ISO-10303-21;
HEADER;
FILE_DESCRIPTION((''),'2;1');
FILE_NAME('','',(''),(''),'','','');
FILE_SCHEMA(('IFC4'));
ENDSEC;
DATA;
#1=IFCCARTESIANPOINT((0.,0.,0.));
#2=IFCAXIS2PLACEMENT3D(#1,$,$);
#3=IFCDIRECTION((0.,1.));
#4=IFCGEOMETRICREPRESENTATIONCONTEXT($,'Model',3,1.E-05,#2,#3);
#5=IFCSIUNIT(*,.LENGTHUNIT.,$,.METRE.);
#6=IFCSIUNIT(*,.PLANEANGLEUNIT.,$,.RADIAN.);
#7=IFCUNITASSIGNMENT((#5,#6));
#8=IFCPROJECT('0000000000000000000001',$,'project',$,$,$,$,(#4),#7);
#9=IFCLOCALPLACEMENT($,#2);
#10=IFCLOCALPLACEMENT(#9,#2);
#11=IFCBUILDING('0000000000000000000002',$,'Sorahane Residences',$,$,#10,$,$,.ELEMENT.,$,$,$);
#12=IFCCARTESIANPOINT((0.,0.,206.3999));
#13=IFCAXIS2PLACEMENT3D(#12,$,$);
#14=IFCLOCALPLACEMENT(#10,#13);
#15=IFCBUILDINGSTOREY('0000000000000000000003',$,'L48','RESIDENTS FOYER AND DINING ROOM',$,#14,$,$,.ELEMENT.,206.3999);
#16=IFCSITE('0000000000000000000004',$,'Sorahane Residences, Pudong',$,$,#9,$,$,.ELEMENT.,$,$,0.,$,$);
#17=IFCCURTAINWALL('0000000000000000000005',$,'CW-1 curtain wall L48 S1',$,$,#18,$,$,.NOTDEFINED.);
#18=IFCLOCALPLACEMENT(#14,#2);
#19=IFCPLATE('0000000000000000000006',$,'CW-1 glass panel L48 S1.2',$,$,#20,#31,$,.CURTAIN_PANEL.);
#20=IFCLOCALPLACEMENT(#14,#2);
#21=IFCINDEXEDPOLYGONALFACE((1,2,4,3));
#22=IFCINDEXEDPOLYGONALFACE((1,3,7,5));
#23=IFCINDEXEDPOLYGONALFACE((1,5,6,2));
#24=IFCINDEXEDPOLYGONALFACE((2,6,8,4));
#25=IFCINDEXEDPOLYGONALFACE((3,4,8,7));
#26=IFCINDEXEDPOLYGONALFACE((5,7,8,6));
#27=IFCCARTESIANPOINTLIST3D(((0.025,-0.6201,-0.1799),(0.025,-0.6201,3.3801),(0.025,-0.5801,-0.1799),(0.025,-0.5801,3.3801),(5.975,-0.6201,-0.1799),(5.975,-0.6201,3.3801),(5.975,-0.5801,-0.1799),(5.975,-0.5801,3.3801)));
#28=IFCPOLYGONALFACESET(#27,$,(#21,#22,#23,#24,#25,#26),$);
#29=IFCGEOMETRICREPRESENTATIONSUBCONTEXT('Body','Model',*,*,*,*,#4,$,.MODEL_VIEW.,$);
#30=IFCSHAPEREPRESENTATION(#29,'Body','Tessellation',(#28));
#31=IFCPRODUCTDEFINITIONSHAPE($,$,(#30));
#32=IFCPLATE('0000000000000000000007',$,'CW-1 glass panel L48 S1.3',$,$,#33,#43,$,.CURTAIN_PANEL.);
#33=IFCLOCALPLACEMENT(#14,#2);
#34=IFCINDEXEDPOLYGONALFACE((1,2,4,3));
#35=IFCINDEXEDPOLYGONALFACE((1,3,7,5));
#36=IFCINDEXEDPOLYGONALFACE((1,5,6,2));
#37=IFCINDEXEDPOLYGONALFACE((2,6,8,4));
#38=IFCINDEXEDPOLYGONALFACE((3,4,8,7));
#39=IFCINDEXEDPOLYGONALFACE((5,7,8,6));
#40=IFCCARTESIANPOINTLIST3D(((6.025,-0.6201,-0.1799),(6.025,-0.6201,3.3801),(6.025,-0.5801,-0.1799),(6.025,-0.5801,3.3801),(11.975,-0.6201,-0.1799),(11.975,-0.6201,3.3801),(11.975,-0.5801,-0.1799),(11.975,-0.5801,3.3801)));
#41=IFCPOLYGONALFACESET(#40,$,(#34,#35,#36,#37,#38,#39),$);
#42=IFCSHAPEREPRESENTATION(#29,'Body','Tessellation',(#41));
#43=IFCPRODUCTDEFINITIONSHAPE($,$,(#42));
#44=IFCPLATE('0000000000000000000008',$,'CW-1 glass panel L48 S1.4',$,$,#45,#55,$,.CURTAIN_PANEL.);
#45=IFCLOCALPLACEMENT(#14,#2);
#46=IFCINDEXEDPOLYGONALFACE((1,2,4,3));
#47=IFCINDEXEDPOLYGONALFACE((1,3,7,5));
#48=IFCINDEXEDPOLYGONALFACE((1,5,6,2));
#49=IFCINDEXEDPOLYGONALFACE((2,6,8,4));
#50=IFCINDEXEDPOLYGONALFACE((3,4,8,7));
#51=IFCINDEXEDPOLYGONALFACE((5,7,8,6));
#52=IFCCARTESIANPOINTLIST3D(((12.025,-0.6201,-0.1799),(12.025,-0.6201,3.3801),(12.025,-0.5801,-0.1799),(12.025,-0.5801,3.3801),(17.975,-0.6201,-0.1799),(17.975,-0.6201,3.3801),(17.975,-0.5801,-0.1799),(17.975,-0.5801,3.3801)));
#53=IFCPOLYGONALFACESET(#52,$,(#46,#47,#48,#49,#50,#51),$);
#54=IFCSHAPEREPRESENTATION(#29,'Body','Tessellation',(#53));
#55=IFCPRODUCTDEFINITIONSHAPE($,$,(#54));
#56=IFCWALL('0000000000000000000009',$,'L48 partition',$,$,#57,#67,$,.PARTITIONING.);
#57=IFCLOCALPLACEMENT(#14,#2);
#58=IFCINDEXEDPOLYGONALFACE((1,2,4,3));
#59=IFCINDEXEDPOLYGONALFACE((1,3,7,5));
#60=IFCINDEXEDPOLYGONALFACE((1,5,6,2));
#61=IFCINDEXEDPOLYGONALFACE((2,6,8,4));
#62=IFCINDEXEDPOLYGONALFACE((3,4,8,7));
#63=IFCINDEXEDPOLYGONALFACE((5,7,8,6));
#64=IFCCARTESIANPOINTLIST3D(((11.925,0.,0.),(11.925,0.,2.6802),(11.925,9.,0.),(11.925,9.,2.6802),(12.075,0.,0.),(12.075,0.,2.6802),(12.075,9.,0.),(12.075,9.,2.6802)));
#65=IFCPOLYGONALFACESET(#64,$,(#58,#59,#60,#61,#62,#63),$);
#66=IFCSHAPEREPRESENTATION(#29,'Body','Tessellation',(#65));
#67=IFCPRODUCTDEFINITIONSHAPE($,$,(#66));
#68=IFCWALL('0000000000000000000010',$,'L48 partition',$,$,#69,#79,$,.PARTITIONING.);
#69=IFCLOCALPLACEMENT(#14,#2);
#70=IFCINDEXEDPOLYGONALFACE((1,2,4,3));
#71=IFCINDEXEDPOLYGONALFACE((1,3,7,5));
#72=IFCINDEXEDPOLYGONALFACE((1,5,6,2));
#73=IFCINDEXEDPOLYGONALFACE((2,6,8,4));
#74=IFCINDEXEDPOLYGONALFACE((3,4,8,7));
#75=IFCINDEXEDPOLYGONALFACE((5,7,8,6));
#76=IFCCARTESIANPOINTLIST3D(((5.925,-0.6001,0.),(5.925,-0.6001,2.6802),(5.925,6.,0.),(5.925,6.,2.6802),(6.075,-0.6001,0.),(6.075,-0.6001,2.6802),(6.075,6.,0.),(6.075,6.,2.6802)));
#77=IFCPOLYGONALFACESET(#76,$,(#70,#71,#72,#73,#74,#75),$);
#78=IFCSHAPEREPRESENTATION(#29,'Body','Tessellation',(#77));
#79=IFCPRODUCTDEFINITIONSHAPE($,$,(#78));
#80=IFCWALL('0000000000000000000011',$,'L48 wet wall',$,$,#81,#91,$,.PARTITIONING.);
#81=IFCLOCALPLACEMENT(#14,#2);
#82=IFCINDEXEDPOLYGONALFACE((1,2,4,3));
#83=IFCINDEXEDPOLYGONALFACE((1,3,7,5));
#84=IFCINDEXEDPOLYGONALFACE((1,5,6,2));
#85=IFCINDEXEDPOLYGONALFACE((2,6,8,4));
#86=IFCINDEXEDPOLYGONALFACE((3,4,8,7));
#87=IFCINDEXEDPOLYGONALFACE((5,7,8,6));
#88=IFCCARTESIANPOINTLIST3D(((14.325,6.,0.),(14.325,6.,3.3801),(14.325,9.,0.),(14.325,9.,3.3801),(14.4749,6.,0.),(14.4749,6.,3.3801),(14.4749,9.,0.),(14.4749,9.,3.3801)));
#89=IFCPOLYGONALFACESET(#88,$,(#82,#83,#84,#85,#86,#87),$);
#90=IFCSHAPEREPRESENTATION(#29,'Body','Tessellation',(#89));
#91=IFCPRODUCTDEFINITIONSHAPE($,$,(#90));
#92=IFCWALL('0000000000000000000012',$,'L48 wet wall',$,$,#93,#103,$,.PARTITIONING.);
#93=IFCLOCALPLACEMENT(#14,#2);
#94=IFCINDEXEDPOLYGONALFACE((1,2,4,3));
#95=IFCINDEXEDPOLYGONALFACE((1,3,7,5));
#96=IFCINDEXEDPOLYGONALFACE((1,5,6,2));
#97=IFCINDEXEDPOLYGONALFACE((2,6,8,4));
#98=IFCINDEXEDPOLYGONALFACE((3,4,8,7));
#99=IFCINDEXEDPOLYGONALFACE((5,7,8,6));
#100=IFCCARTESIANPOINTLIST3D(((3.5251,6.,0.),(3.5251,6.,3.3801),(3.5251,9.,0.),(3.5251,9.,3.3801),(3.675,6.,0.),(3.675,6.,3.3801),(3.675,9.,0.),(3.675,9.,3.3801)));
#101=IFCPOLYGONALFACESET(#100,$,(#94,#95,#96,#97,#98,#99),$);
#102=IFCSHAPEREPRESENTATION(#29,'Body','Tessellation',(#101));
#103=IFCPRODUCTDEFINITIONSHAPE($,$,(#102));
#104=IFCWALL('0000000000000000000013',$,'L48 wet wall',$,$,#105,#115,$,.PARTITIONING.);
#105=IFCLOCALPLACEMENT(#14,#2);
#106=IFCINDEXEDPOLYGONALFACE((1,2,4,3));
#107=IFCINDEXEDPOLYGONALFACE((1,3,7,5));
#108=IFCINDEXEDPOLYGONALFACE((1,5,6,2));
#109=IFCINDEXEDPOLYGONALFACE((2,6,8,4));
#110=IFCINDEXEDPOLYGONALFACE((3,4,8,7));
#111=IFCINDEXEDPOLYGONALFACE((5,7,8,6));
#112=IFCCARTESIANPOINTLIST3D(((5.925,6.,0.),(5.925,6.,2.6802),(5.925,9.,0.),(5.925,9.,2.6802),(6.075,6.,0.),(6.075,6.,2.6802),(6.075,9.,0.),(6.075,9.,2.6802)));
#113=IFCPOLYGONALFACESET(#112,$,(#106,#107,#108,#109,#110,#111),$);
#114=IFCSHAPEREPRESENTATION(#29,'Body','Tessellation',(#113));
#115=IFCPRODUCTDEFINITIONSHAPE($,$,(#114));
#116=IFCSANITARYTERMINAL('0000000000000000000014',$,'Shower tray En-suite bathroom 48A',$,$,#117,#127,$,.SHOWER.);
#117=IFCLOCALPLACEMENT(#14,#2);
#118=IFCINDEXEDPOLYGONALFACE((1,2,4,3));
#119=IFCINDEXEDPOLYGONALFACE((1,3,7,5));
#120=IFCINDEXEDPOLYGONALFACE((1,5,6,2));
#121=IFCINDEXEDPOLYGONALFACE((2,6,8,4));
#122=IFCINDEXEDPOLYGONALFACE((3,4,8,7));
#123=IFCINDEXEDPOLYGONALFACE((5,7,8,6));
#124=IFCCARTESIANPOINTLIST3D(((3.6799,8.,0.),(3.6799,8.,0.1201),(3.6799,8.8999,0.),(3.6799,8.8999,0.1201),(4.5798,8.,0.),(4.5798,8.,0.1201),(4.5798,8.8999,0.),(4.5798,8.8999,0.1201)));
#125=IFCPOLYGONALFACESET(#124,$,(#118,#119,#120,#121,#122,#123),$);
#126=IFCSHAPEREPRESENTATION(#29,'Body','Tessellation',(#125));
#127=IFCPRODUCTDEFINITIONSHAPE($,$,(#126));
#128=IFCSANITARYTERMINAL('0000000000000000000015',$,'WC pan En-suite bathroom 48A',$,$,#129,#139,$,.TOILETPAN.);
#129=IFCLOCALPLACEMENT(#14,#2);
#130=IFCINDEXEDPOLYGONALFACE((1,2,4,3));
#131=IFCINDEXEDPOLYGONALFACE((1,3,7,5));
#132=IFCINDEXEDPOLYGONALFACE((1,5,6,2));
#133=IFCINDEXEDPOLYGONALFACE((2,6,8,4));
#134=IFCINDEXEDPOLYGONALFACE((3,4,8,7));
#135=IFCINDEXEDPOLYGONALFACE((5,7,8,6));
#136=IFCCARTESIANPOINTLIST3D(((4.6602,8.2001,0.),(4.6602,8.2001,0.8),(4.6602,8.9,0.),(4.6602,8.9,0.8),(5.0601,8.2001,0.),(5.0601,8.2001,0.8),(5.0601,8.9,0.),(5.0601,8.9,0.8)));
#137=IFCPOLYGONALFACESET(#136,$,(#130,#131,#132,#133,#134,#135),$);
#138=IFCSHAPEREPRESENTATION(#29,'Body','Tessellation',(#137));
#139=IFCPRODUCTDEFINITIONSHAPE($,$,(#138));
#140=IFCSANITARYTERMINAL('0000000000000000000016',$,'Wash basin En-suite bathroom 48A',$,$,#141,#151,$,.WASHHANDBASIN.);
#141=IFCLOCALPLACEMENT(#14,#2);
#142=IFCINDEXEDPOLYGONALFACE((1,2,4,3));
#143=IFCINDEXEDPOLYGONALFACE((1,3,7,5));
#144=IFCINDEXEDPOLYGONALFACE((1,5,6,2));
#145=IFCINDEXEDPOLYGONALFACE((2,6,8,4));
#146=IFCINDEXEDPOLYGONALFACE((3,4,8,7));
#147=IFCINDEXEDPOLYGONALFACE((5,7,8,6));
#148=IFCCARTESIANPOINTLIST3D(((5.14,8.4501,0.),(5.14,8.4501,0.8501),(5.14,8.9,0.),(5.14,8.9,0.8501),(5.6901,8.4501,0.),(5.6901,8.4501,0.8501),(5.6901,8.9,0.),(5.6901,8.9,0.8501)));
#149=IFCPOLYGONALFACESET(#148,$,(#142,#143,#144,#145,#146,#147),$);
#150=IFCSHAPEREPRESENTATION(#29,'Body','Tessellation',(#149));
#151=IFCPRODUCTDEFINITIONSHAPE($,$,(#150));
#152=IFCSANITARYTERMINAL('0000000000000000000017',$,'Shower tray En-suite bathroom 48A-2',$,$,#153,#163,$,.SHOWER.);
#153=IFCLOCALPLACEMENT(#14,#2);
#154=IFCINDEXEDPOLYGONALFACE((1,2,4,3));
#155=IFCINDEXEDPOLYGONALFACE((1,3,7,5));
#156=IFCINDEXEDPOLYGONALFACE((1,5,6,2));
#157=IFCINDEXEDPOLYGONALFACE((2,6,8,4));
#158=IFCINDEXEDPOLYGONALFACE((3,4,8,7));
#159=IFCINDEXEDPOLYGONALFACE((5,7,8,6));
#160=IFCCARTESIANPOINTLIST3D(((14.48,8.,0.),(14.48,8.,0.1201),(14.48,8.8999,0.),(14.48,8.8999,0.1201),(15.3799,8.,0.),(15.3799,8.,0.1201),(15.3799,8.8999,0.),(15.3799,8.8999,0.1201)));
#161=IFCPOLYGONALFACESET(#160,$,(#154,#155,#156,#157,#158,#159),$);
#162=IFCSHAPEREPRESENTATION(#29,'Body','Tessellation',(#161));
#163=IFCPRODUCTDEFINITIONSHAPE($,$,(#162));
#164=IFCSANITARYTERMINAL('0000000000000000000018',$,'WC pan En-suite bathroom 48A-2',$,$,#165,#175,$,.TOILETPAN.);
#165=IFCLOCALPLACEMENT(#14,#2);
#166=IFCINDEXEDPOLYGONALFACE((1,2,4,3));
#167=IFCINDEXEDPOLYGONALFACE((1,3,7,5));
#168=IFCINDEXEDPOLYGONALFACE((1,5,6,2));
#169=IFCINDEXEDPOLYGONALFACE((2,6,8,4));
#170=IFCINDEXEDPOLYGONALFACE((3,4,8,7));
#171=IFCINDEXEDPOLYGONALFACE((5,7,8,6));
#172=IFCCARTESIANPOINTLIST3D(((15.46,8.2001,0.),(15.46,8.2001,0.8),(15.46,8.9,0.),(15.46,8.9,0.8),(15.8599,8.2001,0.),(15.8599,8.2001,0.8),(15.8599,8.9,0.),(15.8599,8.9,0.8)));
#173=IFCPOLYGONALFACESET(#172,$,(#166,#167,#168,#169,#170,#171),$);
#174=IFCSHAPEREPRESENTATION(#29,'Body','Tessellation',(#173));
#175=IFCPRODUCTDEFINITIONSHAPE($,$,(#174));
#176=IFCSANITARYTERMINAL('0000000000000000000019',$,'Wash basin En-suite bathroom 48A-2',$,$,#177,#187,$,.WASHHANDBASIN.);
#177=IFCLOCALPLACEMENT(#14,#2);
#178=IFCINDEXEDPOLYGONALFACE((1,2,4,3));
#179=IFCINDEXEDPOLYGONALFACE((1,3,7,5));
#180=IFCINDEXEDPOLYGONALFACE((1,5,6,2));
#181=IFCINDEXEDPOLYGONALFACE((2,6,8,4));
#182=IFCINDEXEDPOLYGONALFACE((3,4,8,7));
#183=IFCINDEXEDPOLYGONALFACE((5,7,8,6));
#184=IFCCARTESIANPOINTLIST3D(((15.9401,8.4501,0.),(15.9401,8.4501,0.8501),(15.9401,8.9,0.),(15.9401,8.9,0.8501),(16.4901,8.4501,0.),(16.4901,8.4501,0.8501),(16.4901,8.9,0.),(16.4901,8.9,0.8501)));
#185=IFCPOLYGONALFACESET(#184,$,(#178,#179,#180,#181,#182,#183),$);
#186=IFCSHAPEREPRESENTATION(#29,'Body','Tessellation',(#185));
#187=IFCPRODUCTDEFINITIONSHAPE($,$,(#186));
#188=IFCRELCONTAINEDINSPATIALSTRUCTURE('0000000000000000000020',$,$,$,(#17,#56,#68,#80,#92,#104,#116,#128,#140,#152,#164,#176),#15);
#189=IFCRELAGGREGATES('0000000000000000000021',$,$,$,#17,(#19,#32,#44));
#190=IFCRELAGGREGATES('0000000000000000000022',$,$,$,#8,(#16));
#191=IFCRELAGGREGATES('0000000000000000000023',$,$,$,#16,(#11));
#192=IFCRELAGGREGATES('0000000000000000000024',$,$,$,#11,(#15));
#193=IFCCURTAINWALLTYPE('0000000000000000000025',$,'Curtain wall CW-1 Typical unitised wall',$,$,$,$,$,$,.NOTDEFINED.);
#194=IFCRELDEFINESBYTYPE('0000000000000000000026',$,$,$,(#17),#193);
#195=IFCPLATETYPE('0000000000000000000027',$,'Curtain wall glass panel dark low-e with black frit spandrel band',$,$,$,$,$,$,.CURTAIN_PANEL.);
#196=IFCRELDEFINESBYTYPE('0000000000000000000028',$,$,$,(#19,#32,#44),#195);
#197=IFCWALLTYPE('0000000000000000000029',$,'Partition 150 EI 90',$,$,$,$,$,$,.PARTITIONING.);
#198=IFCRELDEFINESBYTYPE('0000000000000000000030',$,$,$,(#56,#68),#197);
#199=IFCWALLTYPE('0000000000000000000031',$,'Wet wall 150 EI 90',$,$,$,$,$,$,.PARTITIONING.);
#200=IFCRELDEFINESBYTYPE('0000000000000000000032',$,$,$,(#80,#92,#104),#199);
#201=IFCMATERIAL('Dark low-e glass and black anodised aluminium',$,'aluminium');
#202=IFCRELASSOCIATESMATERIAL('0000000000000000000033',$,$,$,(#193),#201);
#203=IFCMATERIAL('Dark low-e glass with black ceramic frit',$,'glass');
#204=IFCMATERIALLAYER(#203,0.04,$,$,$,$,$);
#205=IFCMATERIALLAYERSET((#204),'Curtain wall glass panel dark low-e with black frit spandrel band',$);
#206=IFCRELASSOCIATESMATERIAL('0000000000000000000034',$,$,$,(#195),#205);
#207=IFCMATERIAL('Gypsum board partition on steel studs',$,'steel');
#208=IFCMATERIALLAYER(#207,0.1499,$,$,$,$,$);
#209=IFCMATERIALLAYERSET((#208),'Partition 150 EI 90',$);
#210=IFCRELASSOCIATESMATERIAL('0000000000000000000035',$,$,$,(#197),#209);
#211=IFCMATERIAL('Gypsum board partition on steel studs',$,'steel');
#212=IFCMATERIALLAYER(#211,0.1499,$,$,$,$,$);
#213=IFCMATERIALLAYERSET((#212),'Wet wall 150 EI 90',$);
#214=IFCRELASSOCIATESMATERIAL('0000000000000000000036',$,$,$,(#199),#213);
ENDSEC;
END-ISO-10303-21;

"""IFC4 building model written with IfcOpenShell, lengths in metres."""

from ifc_helpers import new_model, si_unit, direction, frame, frame_2d, origin, origin_2d, place, context, subcontext, project, spatial, rectangle, extrude, material, layer, layer_set, type_object, element, aggregate, save


model = new_model("IFC4")

# Units and contexts
model_context = context("Model", 3, precision=1e-05, world=origin(), true_north=direction((0.0, 1.0)))
body_context = subcontext(model_context, "Body", "Model", "MODEL_VIEW")
ifc_project = project(units=[si_unit("LENGTHUNIT", "METRE"), si_unit("PLANEANGLEUNIT", "RADIAN")], contexts=[model_context])

# Site, building, storey
site_placement = place(None, origin())
site = spatial("IfcSite", under=ifc_project, at=site_placement, Name="Sorahane Residences, Pudong", CompositionType="ELEMENT", RefElevation=0.0)
building_placement = place(site_placement, origin())
building = spatial("IfcBuilding", under=site, at=building_placement, Name="Sorahane Residences", CompositionType="ELEMENT")
storey_placement = place(building_placement, frame((0.0, 0.0, 206.3999)))
storey = spatial("IfcBuildingStorey", under=building, at=storey_placement, Name="L48", Description="RESIDENTS FOYER AND DINING ROOM", CompositionType="ELEMENT", Elevation=206.3999)

# Curtain wall
ifc_material_1 = material(Name="Dark low-e glass and black anodised aluminium", Category="aluminium")
curtain_wall_type = type_object("IfcCurtainWallType", Name="Curtain wall CW-1 Typical unitised wall", PredefinedType="NOTDEFINED", material=ifc_material_1)
curtain_wall_placement = place(storey_placement, origin())
curtain_wall = element("IfcCurtainWall", 1, at=curtain_wall_placement, inside=storey, type_object=curtain_wall_type, Name="CW-1 curtain wall L48 S1", PredefinedType="NOTDEFINED")

# Plates
ifc_material_2 = material(Name="Dark low-e glass with black ceramic frit", Category="glass")
ifc_layer_1 = layer(ifc_material_2, 0.04)
ifc_layer_set_1 = layer_set([ifc_layer_1], Name="Curtain wall glass panel dark low-e with black frit spandrel band")
plate_type = type_object("IfcPlateType", Name="Curtain wall glass panel dark low-e with black frit spandrel band", PredefinedType="CURTAIN_PANEL", material=ifc_layer_set_1)
plate_1_placement = place(storey_placement, frame((3.0, -0.6001, -0.1799), z_axis=(0.0, 0.0, 1.0), x_axis=(1.0, 0.0, 0.0)))
plate_1 = element("IfcPlate", 2, at=plate_1_placement, type_object=plate_type, Name="CW-1 glass panel L48 S1.2", PredefinedType="CURTAIN_PANEL", context=body_context, shape_type="SweptSolid", body=[
    extrude(rectangle(XDim=5.95, YDim=0.04, at=origin_2d()), origin(), (0.0, 0.0, 1.0), 3.5601),
])
plate_2_placement = place(storey_placement, frame((9.0, -0.6001, -0.1799), z_axis=(0.0, 0.0, 1.0), x_axis=(1.0, 0.0, 0.0)))
plate_2 = element("IfcPlate", 3, at=plate_2_placement, type_object=plate_type, Name="CW-1 glass panel L48 S1.3", PredefinedType="CURTAIN_PANEL", context=body_context, shape_type="SweptSolid", body=[
    extrude(rectangle(XDim=5.95, YDim=0.04, at=origin_2d()), origin(), (0.0, 0.0, 1.0), 3.5601),
])
plate_3_placement = place(storey_placement, frame((15.0, -0.6001, -0.1799), z_axis=(0.0, 0.0, 1.0), x_axis=(1.0, 0.0, 0.0)))
plate_3 = element("IfcPlate", 4, at=plate_3_placement, type_object=plate_type, Name="CW-1 glass panel L48 S1.4", PredefinedType="CURTAIN_PANEL", context=body_context, shape_type="SweptSolid", body=[
    extrude(rectangle(XDim=5.95, YDim=0.04, at=origin_2d()), origin(), (0.0, 0.0, 1.0), 3.5601),
])
aggregate(curtain_wall, [plate_1, plate_2, plate_3])

# Walls
ifc_material_3 = material(Name="Gypsum board partition on steel studs", Category="steel")
ifc_layer_2 = layer(ifc_material_3, 0.1499)
ifc_layer_set_2 = layer_set([ifc_layer_2], Name="Partition 150 EI 90")
wall_type_1 = type_object("IfcWallType", Name="Partition 150 EI 90", PredefinedType="PARTITIONING", material=ifc_layer_set_2)
wall_1_placement = place(storey_placement, frame((12.0, 0.0, 0.0), z_axis=(0.0, 0.0, 1.0), x_axis=(0.0, 1.0, 0.0)))
element("IfcWall", 5, at=wall_1_placement, inside=storey, type_object=wall_type_1, Name="L48 partition", PredefinedType="PARTITIONING", context=body_context, shape_type="SweptSolid", body=[
    extrude(rectangle(XDim=9.0, YDim=0.1499, at=frame_2d((4.5, 0.0))), origin(), (0.0, 0.0, 1.0), 2.6802),
])
wall_2_placement = place(storey_placement, frame((6.0, -0.6001, 0.0), z_axis=(0.0, 0.0, 1.0), x_axis=(0.0, 1.0, 0.0)))
element("IfcWall", 6, at=wall_2_placement, inside=storey, type_object=wall_type_1, Name="L48 partition", PredefinedType="PARTITIONING", context=body_context, shape_type="SweptSolid", body=[
    extrude(rectangle(XDim=6.6001, YDim=0.1499, at=frame_2d((3.3, 0.0))), origin(), (0.0, 0.0, 1.0), 2.6802),
])

# Walls
ifc_material_4 = material(Name="Gypsum board partition on steel studs", Category="steel")
ifc_layer_3 = layer(ifc_material_4, 0.1499)
ifc_layer_set_3 = layer_set([ifc_layer_3], Name="Wet wall 150 EI 90")
wall_type_2 = type_object("IfcWallType", Name="Wet wall 150 EI 90", PredefinedType="PARTITIONING", material=ifc_layer_set_3)
for number, where, z_axis, x_axis, name in (
    (7, (14.3999, 6.0, 0.0), (0.0, 0.0, 1.0), (0.0, 1.0, 0.0), "L48 wet wall"),
    (8, (3.6001, 6.0, 0.0), (0.0, 0.0, 1.0), (0.0, 1.0, 0.0), "L48 wet wall"),
):
    element("IfcWall", number, at=place(storey_placement, frame(where, z_axis=z_axis, x_axis=x_axis)), inside=storey, type_object=wall_type_2, Name=name, PredefinedType="PARTITIONING", context=body_context, shape_type="SweptSolid", body=[
        extrude(rectangle(XDim=3.0, YDim=0.1499, at=frame_2d((1.5, 0.0))), origin(), (0.0, 0.0, 1.0), 3.3801),
    ])
wall_3_placement = place(storey_placement, frame((6.0, 6.0, 0.0), z_axis=(0.0, 0.0, 1.0), x_axis=(0.0, 1.0, 0.0)))
element("IfcWall", 9, at=wall_3_placement, inside=storey, type_object=wall_type_2, Name="L48 wet wall", PredefinedType="PARTITIONING", context=body_context, shape_type="SweptSolid", body=[
    extrude(rectangle(XDim=3.0, YDim=0.1499, at=frame_2d((1.5, 0.0))), origin(), (0.0, 0.0, 1.0), 2.6802),
])

# Sanitary terminals
sanitary_terminal_1_placement = place(storey_placement, frame((4.1299, 8.45, 0.0), z_axis=(0.0, 0.0, 1.0), x_axis=(1.0, 0.0, 0.0)))
element("IfcSanitaryTerminal", 10, at=sanitary_terminal_1_placement, inside=storey, Name="Shower tray En-suite bathroom 48A", PredefinedType="SHOWER", context=body_context, shape_type="SweptSolid", body=[
    extrude(rectangle(XDim=0.8999, YDim=0.8999, at=origin_2d()), origin(), (0.0, 0.0, 1.0), 0.1201),
])
sanitary_terminal_2_placement = place(storey_placement, frame((4.8601, 8.55, 0.0), z_axis=(0.0, 0.0, 1.0), x_axis=(1.0, 0.0, 0.0)))
element("IfcSanitaryTerminal", 11, at=sanitary_terminal_2_placement, inside=storey, Name="WC pan En-suite bathroom 48A", PredefinedType="TOILETPAN", context=body_context, shape_type="SweptSolid", body=[
    extrude(rectangle(XDim=0.3999, YDim=0.7, at=origin_2d()), origin(), (0.0, 0.0, 1.0), 0.8),
])
sanitary_terminal_3_placement = place(storey_placement, frame((5.415, 8.675, 0.0), z_axis=(0.0, 0.0, 1.0), x_axis=(1.0, 0.0, 0.0)))
element("IfcSanitaryTerminal", 12, at=sanitary_terminal_3_placement, inside=storey, Name="Wash basin En-suite bathroom 48A", PredefinedType="WASHHANDBASIN", context=body_context, shape_type="SweptSolid", body=[
    extrude(rectangle(XDim=0.55, YDim=0.45, at=origin_2d()), origin(), (0.0, 0.0, 1.0), 0.8501),
])
sanitary_terminal_4_placement = place(storey_placement, frame((14.9299, 8.45, 0.0), z_axis=(0.0, 0.0, 1.0), x_axis=(1.0, 0.0, 0.0)))
element("IfcSanitaryTerminal", 13, at=sanitary_terminal_4_placement, inside=storey, Name="Shower tray En-suite bathroom 48A-2", PredefinedType="SHOWER", context=body_context, shape_type="SweptSolid", body=[
    extrude(rectangle(XDim=0.8999, YDim=0.8999, at=origin_2d()), origin(), (0.0, 0.0, 1.0), 0.1201),
])
sanitary_terminal_5_placement = place(storey_placement, frame((15.6599, 8.55, 0.0), z_axis=(0.0, 0.0, 1.0), x_axis=(1.0, 0.0, 0.0)))
element("IfcSanitaryTerminal", 14, at=sanitary_terminal_5_placement, inside=storey, Name="WC pan En-suite bathroom 48A-2", PredefinedType="TOILETPAN", context=body_context, shape_type="SweptSolid", body=[
    extrude(rectangle(XDim=0.3999, YDim=0.7, at=origin_2d()), origin(), (0.0, 0.0, 1.0), 0.8),
])
sanitary_terminal_6_placement = place(storey_placement, frame((16.2151, 8.675, 0.0), z_axis=(0.0, 0.0, 1.0), x_axis=(1.0, 0.0, 0.0)))
element("IfcSanitaryTerminal", 15, at=sanitary_terminal_6_placement, inside=storey, Name="Wash basin En-suite bathroom 48A-2", PredefinedType="WASHHANDBASIN", context=body_context, shape_type="SweptSolid", body=[
    extrude(rectangle(XDim=0.55, YDim=0.45, at=origin_2d()), origin(), (0.0, 0.0, 1.0), 0.8501),
])

save(model, "model.ifc")
